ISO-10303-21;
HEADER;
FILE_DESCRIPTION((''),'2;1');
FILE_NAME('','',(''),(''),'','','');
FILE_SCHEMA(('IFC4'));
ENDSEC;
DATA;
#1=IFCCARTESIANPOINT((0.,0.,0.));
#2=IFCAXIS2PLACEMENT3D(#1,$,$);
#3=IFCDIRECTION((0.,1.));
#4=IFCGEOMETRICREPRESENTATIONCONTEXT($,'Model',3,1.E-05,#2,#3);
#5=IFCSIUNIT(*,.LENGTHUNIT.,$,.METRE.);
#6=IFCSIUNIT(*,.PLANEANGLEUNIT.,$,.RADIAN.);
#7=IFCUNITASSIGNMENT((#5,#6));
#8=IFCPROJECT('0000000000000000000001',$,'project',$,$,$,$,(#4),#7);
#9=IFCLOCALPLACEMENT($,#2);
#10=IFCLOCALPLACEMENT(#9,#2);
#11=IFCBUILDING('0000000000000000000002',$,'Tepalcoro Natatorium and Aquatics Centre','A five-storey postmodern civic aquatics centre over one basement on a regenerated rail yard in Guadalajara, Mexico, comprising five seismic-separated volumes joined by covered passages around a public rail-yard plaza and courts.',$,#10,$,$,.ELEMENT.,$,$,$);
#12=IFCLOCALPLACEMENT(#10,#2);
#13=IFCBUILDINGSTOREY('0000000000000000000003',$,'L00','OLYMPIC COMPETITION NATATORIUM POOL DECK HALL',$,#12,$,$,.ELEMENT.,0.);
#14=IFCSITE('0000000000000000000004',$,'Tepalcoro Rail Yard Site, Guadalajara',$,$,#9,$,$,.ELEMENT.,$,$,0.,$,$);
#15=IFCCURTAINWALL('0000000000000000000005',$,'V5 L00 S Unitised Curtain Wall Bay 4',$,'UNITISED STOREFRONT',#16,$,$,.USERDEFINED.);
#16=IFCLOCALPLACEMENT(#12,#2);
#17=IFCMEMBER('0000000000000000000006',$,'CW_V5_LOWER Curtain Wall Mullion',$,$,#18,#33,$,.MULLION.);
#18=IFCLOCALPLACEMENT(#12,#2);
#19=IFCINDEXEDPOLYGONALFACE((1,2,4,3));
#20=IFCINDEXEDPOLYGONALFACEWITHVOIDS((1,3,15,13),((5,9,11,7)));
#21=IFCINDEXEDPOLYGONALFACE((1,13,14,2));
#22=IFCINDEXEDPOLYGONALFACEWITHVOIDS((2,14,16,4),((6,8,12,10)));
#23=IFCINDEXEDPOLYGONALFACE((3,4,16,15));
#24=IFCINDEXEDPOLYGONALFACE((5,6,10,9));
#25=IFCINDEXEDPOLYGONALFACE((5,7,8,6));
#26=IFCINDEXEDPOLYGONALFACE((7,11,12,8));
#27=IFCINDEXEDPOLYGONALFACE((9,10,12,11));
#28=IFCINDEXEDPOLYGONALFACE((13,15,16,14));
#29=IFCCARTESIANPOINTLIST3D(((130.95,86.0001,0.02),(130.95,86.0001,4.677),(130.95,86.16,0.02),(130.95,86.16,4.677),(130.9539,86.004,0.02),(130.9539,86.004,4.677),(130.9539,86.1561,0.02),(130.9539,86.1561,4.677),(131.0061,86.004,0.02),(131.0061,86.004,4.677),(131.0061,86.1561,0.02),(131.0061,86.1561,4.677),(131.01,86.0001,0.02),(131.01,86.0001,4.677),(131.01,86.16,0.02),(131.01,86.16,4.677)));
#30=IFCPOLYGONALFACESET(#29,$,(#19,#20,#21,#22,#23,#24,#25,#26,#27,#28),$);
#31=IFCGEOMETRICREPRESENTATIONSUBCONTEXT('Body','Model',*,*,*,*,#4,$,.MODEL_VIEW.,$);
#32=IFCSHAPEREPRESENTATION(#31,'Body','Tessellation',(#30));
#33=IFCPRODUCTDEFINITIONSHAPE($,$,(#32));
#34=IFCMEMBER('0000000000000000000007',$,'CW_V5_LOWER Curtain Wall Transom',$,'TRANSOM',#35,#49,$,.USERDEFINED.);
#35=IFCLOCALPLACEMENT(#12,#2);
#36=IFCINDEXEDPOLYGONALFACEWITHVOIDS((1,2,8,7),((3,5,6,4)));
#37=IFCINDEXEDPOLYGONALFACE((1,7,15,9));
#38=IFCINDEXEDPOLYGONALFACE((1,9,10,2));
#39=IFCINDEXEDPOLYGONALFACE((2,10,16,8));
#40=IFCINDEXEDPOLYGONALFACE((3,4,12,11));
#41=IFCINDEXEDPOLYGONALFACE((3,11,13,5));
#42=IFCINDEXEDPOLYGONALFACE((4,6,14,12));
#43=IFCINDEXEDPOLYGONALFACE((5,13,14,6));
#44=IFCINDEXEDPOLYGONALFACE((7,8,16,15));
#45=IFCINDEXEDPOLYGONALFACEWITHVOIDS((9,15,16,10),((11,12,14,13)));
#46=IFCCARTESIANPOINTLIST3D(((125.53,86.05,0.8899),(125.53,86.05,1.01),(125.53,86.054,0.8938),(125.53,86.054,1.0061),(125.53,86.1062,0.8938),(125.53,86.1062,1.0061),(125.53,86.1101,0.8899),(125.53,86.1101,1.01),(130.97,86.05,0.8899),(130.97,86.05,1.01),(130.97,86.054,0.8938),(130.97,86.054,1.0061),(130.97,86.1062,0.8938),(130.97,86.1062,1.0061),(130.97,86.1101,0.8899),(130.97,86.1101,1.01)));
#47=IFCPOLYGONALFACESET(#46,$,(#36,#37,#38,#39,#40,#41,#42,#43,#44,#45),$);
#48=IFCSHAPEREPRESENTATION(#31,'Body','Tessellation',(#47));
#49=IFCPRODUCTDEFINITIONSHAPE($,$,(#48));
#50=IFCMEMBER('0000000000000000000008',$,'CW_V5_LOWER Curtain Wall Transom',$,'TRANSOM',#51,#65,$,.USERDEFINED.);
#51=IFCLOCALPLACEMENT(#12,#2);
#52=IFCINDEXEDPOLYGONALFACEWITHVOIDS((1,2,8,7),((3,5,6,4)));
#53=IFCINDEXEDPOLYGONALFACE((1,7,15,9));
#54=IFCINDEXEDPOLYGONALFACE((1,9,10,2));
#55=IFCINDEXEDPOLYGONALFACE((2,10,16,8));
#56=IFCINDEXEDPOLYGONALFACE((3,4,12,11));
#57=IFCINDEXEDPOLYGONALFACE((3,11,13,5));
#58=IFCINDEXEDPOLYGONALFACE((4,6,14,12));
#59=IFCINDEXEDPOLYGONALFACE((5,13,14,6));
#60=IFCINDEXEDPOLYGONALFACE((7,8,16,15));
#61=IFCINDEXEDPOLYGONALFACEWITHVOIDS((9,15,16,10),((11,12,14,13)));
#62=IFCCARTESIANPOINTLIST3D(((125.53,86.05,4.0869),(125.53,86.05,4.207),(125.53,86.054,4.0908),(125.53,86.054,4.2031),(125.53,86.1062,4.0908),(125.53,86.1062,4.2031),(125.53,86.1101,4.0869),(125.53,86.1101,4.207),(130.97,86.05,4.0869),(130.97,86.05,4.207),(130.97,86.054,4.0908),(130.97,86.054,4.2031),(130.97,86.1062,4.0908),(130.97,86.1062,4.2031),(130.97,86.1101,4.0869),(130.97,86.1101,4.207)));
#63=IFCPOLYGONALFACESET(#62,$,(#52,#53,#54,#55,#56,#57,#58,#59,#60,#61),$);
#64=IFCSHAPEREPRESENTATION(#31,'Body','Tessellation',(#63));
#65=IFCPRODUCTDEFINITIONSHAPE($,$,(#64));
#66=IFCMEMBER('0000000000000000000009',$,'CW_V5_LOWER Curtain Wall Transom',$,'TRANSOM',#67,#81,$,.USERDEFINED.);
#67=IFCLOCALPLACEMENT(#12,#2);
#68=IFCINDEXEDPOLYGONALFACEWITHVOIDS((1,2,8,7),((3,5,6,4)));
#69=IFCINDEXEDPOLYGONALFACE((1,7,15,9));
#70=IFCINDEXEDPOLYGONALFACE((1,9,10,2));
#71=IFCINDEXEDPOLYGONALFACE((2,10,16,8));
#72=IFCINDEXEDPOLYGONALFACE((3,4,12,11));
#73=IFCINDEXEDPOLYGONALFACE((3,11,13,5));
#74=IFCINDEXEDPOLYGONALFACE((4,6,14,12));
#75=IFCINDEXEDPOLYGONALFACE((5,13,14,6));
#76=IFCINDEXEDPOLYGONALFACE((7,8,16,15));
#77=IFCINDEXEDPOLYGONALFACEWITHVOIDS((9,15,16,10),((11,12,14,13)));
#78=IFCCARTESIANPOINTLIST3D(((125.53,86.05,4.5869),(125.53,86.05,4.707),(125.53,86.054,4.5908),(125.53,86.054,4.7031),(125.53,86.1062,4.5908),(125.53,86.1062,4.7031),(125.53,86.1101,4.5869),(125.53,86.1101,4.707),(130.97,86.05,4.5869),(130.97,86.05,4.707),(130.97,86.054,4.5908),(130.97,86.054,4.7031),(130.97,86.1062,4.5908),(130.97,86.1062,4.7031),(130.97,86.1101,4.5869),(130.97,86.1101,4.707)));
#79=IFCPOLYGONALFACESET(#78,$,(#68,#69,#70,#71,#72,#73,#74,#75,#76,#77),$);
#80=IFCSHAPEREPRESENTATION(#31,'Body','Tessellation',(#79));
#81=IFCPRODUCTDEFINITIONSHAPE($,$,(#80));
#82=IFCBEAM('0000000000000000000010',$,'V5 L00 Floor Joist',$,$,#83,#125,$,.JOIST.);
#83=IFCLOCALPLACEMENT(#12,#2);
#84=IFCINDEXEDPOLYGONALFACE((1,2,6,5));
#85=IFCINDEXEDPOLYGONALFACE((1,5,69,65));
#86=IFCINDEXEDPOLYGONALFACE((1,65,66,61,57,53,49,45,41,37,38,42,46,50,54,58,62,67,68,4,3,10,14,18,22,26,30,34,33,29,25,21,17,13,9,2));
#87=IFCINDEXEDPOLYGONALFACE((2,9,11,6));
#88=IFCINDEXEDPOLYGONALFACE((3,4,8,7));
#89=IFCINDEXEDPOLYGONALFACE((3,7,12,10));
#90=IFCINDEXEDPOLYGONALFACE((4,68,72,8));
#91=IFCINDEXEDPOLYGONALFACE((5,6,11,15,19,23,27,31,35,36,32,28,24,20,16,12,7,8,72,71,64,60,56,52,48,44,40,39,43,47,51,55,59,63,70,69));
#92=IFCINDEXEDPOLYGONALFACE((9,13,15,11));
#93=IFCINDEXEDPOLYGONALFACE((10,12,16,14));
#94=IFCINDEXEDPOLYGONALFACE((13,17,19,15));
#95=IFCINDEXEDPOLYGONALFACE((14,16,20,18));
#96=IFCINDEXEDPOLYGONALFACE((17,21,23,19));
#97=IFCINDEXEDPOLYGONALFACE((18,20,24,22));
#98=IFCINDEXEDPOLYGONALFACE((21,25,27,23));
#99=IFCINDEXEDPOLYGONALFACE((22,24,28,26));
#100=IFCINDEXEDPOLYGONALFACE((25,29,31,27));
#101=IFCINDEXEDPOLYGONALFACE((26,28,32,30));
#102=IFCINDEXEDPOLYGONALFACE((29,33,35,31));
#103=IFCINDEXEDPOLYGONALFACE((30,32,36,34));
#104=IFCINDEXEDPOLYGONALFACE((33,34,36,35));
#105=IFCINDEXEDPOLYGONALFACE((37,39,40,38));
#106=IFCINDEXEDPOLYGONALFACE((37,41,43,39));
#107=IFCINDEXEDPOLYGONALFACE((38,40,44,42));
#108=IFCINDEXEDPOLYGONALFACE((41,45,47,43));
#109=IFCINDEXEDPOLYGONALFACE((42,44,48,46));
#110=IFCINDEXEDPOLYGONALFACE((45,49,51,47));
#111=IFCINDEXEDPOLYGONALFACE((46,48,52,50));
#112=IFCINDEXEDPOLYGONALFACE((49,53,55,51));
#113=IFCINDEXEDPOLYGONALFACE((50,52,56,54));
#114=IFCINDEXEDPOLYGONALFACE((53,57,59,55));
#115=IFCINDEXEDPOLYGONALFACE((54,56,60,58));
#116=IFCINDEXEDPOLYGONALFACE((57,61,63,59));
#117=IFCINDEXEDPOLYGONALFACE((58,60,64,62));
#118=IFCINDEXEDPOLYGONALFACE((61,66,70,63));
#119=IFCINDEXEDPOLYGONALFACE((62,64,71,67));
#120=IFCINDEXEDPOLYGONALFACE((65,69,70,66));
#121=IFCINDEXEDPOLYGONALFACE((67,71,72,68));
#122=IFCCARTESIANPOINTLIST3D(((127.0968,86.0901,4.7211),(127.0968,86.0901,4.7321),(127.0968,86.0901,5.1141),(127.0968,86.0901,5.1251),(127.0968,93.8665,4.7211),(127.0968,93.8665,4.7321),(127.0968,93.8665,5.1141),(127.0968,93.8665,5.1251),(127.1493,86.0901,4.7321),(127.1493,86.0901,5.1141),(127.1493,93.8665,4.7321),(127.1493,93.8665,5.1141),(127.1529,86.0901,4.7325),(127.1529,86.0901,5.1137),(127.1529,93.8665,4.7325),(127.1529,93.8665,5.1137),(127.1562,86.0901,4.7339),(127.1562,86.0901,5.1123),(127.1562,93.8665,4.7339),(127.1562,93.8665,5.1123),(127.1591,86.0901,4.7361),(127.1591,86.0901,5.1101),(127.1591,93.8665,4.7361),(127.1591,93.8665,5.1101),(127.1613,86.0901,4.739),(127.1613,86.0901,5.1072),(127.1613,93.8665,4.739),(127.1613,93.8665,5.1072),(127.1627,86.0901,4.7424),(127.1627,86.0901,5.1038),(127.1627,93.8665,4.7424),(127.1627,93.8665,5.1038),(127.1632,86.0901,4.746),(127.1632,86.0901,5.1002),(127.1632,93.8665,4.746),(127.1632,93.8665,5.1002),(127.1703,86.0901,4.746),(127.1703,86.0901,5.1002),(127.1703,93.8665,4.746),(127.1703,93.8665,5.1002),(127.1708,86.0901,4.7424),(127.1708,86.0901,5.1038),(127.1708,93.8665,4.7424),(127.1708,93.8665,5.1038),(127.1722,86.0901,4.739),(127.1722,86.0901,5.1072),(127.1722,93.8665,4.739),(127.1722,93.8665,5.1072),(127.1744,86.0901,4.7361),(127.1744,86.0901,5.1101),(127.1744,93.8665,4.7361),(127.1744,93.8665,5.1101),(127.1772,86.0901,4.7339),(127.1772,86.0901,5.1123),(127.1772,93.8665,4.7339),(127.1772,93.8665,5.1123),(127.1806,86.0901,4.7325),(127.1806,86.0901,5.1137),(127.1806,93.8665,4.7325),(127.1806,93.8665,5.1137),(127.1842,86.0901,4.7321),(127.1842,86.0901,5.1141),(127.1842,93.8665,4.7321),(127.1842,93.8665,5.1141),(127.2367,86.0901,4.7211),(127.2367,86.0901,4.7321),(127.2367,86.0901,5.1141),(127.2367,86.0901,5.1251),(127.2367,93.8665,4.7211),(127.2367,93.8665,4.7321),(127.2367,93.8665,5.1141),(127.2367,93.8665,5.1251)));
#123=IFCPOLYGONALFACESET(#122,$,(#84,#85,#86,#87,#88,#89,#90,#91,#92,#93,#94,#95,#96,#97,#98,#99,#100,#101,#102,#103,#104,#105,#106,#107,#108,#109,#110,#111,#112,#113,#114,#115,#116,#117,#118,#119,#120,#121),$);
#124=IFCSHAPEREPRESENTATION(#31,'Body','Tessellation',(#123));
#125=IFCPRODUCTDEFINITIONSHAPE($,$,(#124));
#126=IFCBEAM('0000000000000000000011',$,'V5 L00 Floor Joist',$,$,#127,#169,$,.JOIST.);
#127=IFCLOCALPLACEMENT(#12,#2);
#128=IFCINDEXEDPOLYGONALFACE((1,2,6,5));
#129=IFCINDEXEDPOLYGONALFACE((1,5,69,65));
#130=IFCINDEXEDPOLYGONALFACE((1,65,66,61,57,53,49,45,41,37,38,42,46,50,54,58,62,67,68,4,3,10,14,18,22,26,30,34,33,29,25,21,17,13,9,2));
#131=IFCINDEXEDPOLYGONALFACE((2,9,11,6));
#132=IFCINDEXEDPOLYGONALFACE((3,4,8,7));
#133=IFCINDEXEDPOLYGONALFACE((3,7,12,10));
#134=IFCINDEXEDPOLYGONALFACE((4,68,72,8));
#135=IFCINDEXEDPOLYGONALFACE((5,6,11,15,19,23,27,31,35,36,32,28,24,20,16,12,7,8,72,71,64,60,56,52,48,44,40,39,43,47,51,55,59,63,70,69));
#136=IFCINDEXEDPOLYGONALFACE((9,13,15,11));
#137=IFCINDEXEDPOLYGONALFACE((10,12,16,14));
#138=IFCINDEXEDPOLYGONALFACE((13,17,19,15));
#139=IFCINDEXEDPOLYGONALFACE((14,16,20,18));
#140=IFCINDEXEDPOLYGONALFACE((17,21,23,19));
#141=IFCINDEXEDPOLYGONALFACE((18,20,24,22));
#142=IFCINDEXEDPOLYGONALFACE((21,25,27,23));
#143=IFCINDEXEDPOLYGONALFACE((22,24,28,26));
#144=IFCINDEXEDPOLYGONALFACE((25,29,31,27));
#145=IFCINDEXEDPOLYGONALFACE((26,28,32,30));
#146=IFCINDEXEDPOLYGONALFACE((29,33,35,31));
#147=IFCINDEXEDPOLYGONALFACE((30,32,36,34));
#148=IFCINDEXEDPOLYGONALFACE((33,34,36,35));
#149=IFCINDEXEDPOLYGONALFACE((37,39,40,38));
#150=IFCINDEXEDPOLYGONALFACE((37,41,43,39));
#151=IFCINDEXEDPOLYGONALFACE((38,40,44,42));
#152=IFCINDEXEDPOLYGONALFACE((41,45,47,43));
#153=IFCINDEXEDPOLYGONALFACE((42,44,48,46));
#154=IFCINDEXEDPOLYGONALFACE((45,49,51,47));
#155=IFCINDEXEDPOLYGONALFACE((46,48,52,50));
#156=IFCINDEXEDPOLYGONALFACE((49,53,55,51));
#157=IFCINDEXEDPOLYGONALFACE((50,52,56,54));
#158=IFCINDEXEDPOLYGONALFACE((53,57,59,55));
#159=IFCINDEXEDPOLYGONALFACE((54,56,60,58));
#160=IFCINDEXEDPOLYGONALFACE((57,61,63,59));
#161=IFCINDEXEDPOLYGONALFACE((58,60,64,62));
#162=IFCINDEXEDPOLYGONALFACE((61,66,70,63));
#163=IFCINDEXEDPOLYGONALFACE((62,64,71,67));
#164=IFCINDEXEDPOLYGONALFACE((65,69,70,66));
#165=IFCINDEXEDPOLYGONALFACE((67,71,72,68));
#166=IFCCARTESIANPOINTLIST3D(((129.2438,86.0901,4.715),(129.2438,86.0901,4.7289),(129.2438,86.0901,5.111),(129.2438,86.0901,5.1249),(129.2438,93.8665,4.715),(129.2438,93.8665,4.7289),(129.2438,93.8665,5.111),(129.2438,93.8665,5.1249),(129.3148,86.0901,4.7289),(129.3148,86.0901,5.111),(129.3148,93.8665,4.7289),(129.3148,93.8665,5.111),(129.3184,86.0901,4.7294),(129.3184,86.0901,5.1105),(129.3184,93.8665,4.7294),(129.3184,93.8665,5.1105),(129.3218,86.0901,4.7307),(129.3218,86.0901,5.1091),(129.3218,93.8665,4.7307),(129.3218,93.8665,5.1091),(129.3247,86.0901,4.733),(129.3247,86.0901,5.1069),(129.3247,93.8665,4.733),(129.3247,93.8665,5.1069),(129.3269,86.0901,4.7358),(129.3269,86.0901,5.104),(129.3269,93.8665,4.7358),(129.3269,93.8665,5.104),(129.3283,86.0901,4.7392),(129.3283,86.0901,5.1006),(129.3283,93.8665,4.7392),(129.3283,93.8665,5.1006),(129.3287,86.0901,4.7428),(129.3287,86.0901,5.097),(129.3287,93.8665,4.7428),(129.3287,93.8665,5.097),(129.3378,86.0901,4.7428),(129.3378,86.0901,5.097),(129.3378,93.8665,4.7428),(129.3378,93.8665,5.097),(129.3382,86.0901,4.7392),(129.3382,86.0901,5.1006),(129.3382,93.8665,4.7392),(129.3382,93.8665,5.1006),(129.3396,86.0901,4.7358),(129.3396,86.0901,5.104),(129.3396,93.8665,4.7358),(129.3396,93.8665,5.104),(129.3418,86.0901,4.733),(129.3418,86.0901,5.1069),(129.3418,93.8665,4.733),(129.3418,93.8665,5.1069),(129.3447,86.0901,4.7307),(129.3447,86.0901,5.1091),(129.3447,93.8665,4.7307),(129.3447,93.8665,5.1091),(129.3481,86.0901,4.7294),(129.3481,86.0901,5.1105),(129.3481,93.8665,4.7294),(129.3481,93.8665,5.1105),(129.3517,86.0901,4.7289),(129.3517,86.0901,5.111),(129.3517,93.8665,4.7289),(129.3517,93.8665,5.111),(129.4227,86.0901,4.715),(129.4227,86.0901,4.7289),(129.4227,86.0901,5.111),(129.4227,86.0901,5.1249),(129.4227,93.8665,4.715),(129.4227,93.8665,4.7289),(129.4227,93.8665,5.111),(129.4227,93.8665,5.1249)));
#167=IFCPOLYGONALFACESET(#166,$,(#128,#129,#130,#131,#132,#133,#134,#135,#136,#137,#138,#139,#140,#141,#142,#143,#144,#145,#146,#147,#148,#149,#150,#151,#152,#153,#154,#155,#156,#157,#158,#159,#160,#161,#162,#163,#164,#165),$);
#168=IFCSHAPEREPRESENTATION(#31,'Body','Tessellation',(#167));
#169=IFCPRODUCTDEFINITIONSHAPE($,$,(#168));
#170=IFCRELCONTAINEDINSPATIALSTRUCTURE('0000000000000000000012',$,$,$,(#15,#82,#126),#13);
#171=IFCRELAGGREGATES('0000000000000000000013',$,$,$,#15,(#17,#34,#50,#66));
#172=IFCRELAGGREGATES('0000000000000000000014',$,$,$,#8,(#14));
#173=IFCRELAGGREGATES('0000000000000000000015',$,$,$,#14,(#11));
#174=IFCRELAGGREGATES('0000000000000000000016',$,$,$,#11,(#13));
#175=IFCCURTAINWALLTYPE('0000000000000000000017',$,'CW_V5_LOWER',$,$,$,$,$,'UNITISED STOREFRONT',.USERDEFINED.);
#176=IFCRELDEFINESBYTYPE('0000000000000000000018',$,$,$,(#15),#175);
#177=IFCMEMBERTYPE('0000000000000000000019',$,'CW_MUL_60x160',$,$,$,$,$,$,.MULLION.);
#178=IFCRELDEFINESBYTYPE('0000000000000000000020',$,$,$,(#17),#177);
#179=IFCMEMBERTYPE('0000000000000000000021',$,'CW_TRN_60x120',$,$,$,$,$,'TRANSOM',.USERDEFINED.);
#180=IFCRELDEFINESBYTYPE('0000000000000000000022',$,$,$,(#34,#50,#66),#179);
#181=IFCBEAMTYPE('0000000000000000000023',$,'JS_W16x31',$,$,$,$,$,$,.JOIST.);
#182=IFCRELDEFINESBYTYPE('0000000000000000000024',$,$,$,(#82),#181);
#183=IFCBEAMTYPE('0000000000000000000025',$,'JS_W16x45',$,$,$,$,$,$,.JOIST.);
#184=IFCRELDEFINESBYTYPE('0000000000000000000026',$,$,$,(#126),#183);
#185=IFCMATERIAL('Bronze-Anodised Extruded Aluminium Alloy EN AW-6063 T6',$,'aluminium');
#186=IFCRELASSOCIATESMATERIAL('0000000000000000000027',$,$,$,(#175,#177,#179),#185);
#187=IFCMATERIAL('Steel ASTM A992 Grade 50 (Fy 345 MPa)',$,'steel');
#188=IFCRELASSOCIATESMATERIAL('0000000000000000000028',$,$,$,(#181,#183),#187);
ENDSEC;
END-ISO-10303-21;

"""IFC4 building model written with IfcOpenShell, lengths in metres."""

from ifc_helpers import new_model, si_unit, direction, frame, origin, origin_2d, place, context, subcontext, project, spatial, hollow_rectangle, i_section, extrude, material, material_profile, profile_set, type_object, element, aggregate, save


model = new_model("IFC4")

# Units and contexts
model_context = context("Model", 3, precision=1e-05, world=origin(), true_north=direction((0.0, 1.0)))
body_context = subcontext(model_context, "Body", "Model", "MODEL_VIEW")
ifc_project = project(units=[si_unit("LENGTHUNIT", "METRE"), si_unit("PLANEANGLEUNIT", "RADIAN")], contexts=[model_context])

# Site, building, storey
site_placement = place(None, origin())
site = spatial("IfcSite", under=ifc_project, at=site_placement, Name="Tepalcoro Rail Yard Site, Guadalajara", CompositionType="ELEMENT", RefElevation=0.0)
building_placement = place(site_placement, origin())
building = spatial("IfcBuilding", under=site, at=building_placement, Name="Tepalcoro Natatorium and Aquatics Centre", Description="A five-storey postmodern civic aquatics centre over one basement on a regenerated rail yard in Guadalajara, Mexico, comprising five seismic-separated volumes joined by covered passages around a public rail-yard plaza and courts.", CompositionType="ELEMENT")
storey_placement = place(building_placement, origin())
storey = spatial("IfcBuildingStorey", under=building, at=storey_placement, Name="L00", Description="OLYMPIC COMPETITION NATATORIUM POOL DECK HALL", CompositionType="ELEMENT", Elevation=0.0)

# Shared definitions
ifc_material_1 = material(Name="Steel ASTM A992 Grade 50 (Fy 345 MPa)", Category="steel")

# Curtain wall, members
ifc_material_2 = material(Name="Bronze-Anodised Extruded Aluminium Alloy EN AW-6063 T6", Category="aluminium")
curtain_wall_type = type_object("IfcCurtainWallType", Name="CW_V5_LOWER", ElementType="UNITISED STOREFRONT", PredefinedType="USERDEFINED", material=ifc_material_2)
curtain_wall_placement = place(storey_placement, origin())
curtain_wall = element("IfcCurtainWall", 1, at=curtain_wall_placement, inside=storey, type_object=curtain_wall_type, Name="V5 L00 S Unitised Curtain Wall Bay 4", ObjectType="UNITISED STOREFRONT", PredefinedType="USERDEFINED")
ifc_material_profile_1 = material_profile(ifc_material_2, hollow_rectangle(XDim=0.0601, YDim=0.1599, WallThickness=0.0039, at=origin_2d()), Name="AL60X160X4")
ifc_profile_set_1 = profile_set([ifc_material_profile_1], Name="Bronze-Anodised Extruded Aluminium Alloy EN AW-6063 T6")
member_type_1 = type_object("IfcMemberType", Name="CW_MUL_60x160", PredefinedType="MULLION", material=ifc_profile_set_1)
member_1_placement = place(storey_placement, frame((130.98, 86.0801, 0.02), z_axis=(0.0, 0.0, 1.0), x_axis=(1.0, 0.0, 0.0)))
member_1 = element("IfcMember", 2, at=member_1_placement, type_object=member_type_1, Name="CW_V5_LOWER Curtain Wall Mullion", PredefinedType="MULLION", context=body_context, shape_type="SweptSolid", body=[
    extrude(hollow_rectangle(XDim=0.0601, YDim=0.1599, WallThickness=0.0039, at=origin_2d()), origin(), (0.0, 0.0, 1.0), 4.657),
])
ifc_material_profile_2 = material_profile(ifc_material_2, hollow_rectangle(XDim=0.0601, YDim=0.1201, WallThickness=0.0039, at=origin_2d()), Name="AL60X120X4")
ifc_profile_set_2 = profile_set([ifc_material_profile_2], Name="Bronze-Anodised Extruded Aluminium Alloy EN AW-6063 T6")
member_type_2 = type_object("IfcMemberType", Name="CW_TRN_60x120", ElementType="TRANSOM", PredefinedType="USERDEFINED", material=ifc_profile_set_2)
member_2_placement = place(storey_placement, frame((125.53, 86.0801, 0.95), z_axis=(1.0, 0.0, 0.0), x_axis=(0.0, 1.0, 0.0)))
member_2 = element("IfcMember", 3, at=member_2_placement, type_object=member_type_2, Name="CW_V5_LOWER Curtain Wall Transom", ObjectType="TRANSOM", PredefinedType="USERDEFINED", context=body_context, shape_type="SweptSolid", body=[
    extrude(hollow_rectangle(XDim=0.0601, YDim=0.1201, WallThickness=0.0039, at=origin_2d()), origin(), (0.0, 0.0, 1.0), 5.4399),
])
member_3_placement = place(storey_placement, frame((125.53, 86.0801, 4.147), z_axis=(1.0, 0.0, 0.0), x_axis=(0.0, 1.0, 0.0)))
member_3 = element("IfcMember", 4, at=member_3_placement, type_object=member_type_2, Name="CW_V5_LOWER Curtain Wall Transom", ObjectType="TRANSOM", PredefinedType="USERDEFINED", context=body_context, shape_type="SweptSolid", body=[
    extrude(hollow_rectangle(XDim=0.0601, YDim=0.1201, WallThickness=0.0039, at=origin_2d()), origin(), (0.0, 0.0, 1.0), 5.4399),
])
member_4_placement = place(storey_placement, frame((125.53, 86.0801, 4.647), z_axis=(1.0, 0.0, 0.0), x_axis=(0.0, 1.0, 0.0)))
member_4 = element("IfcMember", 5, at=member_4_placement, type_object=member_type_2, Name="CW_V5_LOWER Curtain Wall Transom", ObjectType="TRANSOM", PredefinedType="USERDEFINED", context=body_context, shape_type="SweptSolid", body=[
    extrude(hollow_rectangle(XDim=0.0601, YDim=0.1201, WallThickness=0.0039, at=origin_2d()), origin(), (0.0, 0.0, 1.0), 5.4399),
])

# Beams
ifc_material_profile_3 = material_profile(ifc_material_1, i_section(OverallWidth=0.1399, OverallDepth=0.4041, WebThickness=0.0071, FlangeThickness=0.011, FilletRadius=0.0139, at=origin_2d()), Name="W16X31")
ifc_profile_set_3 = profile_set([ifc_material_profile_3], Name="Steel ASTM A992 Grade 50 (Fy 345 MPa)")
beam_type_1 = type_object("IfcBeamType", Name="JS_W16x31", PredefinedType="JOIST", material=ifc_profile_set_3)
beam_1_placement = place(storey_placement, frame((127.1667, 86.0901, 4.9231), z_axis=(0.0, 1.0, 0.0), x_axis=(-1.0, 0.0, 0.0)))
element("IfcBeam", 6, at=beam_1_placement, inside=storey, type_object=beam_type_1, Name="V5 L00 Floor Joist", PredefinedType="JOIST", context=body_context, shape_type="SweptSolid", body=[
    extrude(i_section(OverallWidth=0.1399, OverallDepth=0.4041, WebThickness=0.0071, FlangeThickness=0.011, FilletRadius=0.0139, at=origin_2d()), origin(), (0.0, 0.0, 1.0), 7.7764),
])
ifc_material_profile_4 = material_profile(ifc_material_1, i_section(OverallWidth=0.179, OverallDepth=0.4099, WebThickness=0.009, FlangeThickness=0.0139, FilletRadius=0.0139, at=origin_2d()), Name="W16X45")
ifc_profile_set_4 = profile_set([ifc_material_profile_4], Name="Steel ASTM A992 Grade 50 (Fy 345 MPa)")
beam_type_2 = type_object("IfcBeamType", Name="JS_W16x45", PredefinedType="JOIST", material=ifc_profile_set_4)
beam_2_placement = place(storey_placement, frame((129.3333, 86.0901, 4.9199), z_axis=(0.0, 1.0, 0.0), x_axis=(-1.0, 0.0, 0.0)))
element("IfcBeam", 7, at=beam_2_placement, inside=storey, type_object=beam_type_2, Name="V5 L00 Floor Joist", PredefinedType="JOIST", context=body_context, shape_type="SweptSolid", body=[
    extrude(i_section(OverallWidth=0.179, OverallDepth=0.4099, WebThickness=0.009, FlangeThickness=0.0139, FilletRadius=0.0139, at=origin_2d()), origin(), (0.0, 0.0, 1.0), 7.7764),
])

aggregate(curtain_wall, [member_1, member_2, member_3, member_4])

save(model, "model.ifc")
